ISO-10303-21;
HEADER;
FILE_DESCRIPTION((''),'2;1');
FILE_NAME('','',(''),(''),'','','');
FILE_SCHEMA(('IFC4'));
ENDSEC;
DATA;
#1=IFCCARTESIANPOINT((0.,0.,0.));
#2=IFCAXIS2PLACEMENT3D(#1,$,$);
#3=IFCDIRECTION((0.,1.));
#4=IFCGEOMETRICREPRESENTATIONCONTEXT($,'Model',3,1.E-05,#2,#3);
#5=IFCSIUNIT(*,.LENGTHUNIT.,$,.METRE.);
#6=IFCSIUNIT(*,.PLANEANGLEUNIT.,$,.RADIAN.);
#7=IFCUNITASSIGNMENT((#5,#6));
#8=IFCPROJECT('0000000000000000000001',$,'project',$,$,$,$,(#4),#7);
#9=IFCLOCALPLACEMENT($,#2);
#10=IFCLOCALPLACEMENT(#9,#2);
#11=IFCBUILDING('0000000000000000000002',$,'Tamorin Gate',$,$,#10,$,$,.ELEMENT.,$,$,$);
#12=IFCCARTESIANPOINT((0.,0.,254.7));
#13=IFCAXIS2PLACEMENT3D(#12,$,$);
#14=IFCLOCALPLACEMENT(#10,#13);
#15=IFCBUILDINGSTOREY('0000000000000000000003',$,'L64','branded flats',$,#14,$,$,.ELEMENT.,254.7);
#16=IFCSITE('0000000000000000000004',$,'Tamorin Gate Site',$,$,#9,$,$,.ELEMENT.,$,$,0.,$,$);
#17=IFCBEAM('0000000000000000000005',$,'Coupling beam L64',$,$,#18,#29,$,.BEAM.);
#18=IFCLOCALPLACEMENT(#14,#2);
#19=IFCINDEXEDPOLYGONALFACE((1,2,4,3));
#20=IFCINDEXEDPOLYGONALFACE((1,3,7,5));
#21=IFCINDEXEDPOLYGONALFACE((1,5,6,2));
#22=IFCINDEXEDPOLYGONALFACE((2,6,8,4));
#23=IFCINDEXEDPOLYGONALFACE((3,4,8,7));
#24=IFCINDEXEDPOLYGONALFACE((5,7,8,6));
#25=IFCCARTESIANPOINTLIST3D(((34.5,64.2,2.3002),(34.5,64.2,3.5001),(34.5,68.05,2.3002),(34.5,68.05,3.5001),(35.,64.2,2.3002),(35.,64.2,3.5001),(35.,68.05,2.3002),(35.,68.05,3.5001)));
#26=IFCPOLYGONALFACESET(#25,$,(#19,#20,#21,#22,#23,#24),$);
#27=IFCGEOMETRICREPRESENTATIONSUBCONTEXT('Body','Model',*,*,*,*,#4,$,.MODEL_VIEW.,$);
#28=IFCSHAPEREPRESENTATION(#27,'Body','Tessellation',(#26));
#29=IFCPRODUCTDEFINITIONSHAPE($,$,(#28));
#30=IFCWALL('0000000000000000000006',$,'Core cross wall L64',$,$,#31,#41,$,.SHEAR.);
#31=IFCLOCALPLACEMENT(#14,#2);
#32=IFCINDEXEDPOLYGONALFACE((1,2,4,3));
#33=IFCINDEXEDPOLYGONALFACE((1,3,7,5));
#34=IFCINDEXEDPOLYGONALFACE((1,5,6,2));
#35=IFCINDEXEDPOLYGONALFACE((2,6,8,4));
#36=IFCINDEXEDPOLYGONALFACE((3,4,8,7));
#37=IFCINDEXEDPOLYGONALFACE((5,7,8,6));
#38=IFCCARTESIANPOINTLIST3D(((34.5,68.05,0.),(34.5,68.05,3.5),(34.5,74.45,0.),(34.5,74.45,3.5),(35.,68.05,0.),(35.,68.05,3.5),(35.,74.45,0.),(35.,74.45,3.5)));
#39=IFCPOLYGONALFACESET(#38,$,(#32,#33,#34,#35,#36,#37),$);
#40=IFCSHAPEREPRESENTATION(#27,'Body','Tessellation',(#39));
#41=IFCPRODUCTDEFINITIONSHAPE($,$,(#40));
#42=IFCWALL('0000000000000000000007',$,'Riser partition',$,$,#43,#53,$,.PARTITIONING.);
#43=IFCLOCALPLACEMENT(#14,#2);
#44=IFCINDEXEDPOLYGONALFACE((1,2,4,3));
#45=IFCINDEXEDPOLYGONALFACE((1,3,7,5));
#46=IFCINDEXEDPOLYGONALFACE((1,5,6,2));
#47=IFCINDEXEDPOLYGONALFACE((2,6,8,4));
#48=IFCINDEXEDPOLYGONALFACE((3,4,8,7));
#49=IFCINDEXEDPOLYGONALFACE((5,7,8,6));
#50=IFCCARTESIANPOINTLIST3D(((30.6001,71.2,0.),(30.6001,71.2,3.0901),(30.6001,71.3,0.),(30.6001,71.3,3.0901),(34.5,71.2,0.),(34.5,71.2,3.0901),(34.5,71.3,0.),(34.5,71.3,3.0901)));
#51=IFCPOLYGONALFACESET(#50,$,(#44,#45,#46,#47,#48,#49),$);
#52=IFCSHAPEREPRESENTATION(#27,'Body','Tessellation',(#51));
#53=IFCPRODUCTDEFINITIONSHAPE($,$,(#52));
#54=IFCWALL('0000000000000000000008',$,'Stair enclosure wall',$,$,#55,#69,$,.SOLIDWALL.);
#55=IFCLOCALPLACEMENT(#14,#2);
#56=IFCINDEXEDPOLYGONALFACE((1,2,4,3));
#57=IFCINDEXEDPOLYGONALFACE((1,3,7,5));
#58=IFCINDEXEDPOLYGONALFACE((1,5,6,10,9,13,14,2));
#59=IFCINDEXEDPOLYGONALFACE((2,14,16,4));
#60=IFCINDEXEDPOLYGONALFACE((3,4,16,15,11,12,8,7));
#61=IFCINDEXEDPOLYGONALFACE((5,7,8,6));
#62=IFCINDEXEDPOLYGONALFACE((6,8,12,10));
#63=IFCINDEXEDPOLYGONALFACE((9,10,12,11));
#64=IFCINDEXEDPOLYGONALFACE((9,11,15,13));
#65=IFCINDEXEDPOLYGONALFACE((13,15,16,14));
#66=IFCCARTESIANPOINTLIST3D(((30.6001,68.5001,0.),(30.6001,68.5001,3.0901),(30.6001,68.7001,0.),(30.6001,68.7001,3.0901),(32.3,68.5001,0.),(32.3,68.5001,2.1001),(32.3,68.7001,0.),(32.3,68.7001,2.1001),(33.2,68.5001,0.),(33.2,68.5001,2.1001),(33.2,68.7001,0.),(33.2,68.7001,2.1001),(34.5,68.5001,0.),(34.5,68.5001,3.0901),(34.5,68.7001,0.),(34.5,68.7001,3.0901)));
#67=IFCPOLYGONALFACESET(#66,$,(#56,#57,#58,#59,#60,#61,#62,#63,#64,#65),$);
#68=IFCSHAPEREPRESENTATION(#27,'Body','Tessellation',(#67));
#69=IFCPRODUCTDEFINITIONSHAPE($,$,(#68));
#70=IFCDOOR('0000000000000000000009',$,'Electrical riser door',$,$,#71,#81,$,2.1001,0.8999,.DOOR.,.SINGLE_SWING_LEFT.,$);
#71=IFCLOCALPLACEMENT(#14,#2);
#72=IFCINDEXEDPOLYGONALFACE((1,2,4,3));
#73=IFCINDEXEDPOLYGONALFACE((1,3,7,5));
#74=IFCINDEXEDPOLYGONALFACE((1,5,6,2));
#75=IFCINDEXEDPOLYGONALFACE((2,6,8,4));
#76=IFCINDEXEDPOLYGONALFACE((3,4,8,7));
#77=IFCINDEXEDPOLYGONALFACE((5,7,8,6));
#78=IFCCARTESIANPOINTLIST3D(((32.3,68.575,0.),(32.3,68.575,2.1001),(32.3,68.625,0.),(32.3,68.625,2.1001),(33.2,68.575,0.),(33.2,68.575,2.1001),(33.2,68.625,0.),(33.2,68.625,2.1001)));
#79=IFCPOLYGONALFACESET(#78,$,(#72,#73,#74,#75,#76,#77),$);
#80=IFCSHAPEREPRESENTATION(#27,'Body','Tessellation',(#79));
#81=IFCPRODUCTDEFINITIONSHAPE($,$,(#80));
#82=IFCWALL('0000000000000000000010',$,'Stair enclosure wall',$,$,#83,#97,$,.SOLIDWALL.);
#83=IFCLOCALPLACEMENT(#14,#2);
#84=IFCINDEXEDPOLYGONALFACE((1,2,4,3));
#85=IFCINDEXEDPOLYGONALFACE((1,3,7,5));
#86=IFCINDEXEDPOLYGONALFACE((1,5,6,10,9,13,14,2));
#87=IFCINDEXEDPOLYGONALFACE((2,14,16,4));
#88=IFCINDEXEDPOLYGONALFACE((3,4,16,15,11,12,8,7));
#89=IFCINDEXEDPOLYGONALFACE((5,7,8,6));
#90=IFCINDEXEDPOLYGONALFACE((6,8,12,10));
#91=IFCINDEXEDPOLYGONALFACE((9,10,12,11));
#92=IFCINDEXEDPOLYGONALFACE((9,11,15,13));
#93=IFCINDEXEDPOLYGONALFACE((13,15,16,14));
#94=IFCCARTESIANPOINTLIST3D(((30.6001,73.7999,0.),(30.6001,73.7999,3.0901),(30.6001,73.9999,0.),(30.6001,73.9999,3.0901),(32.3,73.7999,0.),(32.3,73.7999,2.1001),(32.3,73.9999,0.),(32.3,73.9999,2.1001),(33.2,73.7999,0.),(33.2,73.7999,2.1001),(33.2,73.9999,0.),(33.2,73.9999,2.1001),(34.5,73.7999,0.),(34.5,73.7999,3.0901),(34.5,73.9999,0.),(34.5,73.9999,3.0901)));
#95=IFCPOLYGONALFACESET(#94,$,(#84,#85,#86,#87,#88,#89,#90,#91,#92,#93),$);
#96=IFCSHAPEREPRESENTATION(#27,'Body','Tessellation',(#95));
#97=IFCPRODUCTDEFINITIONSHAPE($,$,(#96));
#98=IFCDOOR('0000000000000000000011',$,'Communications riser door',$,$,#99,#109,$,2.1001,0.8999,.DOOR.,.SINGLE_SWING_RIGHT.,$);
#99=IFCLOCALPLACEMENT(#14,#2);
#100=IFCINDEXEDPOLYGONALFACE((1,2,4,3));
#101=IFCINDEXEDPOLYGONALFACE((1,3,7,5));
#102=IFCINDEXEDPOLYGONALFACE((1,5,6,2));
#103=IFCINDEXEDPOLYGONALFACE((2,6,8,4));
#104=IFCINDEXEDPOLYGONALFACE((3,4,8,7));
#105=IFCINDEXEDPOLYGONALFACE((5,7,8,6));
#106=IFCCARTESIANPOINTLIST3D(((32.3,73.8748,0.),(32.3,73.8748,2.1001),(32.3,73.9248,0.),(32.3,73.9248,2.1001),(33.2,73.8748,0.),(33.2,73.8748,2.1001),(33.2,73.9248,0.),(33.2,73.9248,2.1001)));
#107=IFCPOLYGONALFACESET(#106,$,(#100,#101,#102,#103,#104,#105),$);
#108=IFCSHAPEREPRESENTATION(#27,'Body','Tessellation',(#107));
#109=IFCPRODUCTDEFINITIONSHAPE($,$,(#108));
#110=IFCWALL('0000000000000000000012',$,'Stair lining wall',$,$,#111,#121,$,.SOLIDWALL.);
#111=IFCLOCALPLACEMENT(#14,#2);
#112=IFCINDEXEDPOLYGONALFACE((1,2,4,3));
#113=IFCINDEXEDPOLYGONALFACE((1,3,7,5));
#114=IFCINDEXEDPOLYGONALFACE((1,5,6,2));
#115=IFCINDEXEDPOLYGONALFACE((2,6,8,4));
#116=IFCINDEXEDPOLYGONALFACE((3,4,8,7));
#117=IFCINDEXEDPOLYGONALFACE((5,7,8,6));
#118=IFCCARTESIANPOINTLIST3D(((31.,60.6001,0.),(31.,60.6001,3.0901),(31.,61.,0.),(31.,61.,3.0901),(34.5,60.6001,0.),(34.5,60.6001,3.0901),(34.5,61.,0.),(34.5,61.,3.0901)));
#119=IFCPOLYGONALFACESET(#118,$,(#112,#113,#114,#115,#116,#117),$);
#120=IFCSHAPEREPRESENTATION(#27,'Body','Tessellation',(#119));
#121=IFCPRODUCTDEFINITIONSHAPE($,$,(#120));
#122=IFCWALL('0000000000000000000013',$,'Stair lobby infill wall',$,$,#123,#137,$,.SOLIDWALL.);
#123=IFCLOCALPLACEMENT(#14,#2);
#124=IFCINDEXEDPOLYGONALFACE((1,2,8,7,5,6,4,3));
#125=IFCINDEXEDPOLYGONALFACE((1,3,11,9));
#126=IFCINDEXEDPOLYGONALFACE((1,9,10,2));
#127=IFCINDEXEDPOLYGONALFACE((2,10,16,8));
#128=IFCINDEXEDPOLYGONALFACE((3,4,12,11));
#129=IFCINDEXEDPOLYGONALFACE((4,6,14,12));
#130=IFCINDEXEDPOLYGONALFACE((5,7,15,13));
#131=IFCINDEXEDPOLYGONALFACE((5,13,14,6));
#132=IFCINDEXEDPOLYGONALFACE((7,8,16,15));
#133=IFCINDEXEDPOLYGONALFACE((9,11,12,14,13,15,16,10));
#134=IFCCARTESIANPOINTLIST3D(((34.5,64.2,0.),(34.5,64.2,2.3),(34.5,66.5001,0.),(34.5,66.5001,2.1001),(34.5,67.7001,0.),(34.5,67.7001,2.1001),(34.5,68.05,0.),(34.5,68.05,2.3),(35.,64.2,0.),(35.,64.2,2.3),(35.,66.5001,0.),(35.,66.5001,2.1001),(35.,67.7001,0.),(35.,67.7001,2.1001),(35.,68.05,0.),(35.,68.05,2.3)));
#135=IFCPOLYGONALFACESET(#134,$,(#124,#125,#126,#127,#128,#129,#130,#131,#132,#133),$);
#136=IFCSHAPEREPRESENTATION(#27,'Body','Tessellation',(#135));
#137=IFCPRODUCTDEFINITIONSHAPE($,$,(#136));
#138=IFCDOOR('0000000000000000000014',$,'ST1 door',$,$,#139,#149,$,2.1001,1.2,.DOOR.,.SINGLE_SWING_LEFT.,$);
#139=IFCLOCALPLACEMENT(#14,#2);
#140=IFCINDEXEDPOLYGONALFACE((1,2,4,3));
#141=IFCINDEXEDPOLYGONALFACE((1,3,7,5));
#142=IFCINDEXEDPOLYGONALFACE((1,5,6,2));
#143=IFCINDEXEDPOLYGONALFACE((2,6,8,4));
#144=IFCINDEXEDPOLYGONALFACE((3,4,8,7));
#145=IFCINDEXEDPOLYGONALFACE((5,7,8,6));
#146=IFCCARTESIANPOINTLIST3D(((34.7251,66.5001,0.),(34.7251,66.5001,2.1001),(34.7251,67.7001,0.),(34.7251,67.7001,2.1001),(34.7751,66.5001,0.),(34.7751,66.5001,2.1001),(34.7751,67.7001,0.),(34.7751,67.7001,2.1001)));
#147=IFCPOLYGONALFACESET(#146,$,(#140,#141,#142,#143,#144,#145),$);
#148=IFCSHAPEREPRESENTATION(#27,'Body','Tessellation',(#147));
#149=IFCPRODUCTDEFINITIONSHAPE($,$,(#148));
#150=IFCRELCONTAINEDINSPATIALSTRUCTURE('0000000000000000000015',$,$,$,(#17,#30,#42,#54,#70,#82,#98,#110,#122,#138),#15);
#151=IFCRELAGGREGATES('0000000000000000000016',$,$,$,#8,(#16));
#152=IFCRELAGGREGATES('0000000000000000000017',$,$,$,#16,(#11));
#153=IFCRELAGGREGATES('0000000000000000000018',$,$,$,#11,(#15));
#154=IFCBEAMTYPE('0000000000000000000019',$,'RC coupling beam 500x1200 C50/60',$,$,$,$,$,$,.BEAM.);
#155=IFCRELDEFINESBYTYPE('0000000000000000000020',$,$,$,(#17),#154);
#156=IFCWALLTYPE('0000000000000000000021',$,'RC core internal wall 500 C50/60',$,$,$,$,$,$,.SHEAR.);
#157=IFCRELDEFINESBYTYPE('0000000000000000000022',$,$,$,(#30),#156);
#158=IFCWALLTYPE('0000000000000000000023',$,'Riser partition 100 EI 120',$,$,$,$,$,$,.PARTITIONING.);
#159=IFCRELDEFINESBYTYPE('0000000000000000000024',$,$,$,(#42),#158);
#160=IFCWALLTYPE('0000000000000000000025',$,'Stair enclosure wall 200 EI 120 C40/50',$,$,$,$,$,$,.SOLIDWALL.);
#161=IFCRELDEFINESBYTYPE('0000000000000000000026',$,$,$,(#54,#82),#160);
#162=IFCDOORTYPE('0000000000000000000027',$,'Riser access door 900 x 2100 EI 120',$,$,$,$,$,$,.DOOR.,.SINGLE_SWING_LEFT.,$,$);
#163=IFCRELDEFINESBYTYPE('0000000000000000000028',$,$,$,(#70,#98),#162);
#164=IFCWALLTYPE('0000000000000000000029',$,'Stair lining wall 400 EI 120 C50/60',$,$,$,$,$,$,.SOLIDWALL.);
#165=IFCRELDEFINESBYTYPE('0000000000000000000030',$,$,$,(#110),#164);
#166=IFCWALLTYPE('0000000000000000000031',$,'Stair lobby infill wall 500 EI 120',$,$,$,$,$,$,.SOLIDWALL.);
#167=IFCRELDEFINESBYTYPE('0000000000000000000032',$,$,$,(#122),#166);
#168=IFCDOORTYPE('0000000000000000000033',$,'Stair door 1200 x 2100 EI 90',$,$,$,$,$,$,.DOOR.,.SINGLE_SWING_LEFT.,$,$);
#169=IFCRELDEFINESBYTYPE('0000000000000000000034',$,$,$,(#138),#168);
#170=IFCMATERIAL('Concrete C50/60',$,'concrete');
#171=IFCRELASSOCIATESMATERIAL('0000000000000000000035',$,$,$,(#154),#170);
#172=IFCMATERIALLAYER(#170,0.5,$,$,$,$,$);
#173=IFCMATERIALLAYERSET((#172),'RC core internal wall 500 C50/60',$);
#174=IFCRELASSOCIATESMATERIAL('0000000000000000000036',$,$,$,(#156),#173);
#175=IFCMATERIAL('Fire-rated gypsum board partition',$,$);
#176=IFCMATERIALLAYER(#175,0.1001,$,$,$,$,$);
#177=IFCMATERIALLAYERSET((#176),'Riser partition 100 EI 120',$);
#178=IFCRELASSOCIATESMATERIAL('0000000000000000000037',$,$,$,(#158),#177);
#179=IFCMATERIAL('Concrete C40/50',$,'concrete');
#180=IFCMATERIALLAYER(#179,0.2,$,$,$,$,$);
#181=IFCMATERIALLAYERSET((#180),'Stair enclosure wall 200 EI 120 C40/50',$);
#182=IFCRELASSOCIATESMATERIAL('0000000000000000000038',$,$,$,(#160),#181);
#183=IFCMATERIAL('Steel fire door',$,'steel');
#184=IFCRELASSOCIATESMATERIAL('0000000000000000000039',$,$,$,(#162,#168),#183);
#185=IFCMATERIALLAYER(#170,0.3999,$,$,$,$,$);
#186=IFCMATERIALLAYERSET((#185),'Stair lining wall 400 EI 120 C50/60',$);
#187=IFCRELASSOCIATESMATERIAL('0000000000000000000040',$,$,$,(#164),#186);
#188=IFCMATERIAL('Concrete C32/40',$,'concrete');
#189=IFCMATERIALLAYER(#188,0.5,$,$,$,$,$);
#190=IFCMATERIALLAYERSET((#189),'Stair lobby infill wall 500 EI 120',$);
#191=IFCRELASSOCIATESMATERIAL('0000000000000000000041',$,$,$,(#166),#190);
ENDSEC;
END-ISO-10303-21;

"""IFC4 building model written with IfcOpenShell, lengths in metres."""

from ifc_helpers import new_model, si_unit, direction, frame, frame_2d, origin, origin_2d, place, context, subcontext, project, spatial, rectangle, extrude, material, layer, layer_set, material_profile, profile_set, type_object, element, fill, save


model = new_model("IFC4")

# Units and contexts
model_context = context("Model", 3, precision=1e-05, world=origin(), true_north=direction((0.0, 1.0)))
body_context = subcontext(model_context, "Body", "Model", "MODEL_VIEW")
ifc_project = project(units=[si_unit("LENGTHUNIT", "METRE"), si_unit("PLANEANGLEUNIT", "RADIAN")], contexts=[model_context])

# Site, building, storey
site_placement = place(None, origin())
site = spatial("IfcSite", under=ifc_project, at=site_placement, Name="Tamorin Gate Site", CompositionType="ELEMENT", RefElevation=0.0)
building_placement = place(site_placement, origin())
building = spatial("IfcBuilding", under=site, at=building_placement, Name="Tamorin Gate", CompositionType="ELEMENT")
storey_placement = place(building_placement, frame((0.0, 0.0, 254.7)))
storey = spatial("IfcBuildingStorey", under=building, at=storey_placement, Name="L64", Description="branded flats", CompositionType="ELEMENT", Elevation=254.7)

# Beam
ifc_material_1 = material(Name="Concrete C50/60", Category="concrete")
ifc_material_profile = material_profile(ifc_material_1, rectangle(XDim=0.5, YDim=1.2, at=origin_2d()), Name="RC 500x1200")
ifc_profile_set = profile_set([ifc_material_profile], Name="Concrete C50/60")
beam_type = type_object("IfcBeamType", Name="RC coupling beam 500x1200 C50/60", PredefinedType="BEAM", material=ifc_profile_set)
beam_placement = place(storey_placement, frame((34.75, 64.2, 2.9001), z_axis=(0.0, 1.0, 0.0), x_axis=(-1.0, 0.0, 0.0)))
element("IfcBeam", 1, at=beam_placement, inside=storey, type_object=beam_type, Name="Coupling beam L64", PredefinedType="BEAM", context=body_context, shape_type="SweptSolid", body=[
    extrude(rectangle(XDim=0.5, YDim=1.2, at=origin_2d()), origin(), (0.0, 0.0, 1.0), 3.8501),
])

# Walls
ifc_layer_1 = layer(ifc_material_1, 0.5)
ifc_layer_set_1 = layer_set([ifc_layer_1], Name="RC core internal wall 500 C50/60")
wall_type_1 = type_object("IfcWallType", Name="RC core internal wall 500 C50/60", PredefinedType="SHEAR", material=ifc_layer_set_1)
wall_1_placement = place(storey_placement, frame((34.75, 68.05, 0.0), z_axis=(0.0, 0.0, 1.0), x_axis=(0.0, 1.0, 0.0)))
element("IfcWall", 2, at=wall_1_placement, inside=storey, type_object=wall_type_1, Name="Core cross wall L64", PredefinedType="SHEAR", context=body_context, shape_type="SweptSolid", body=[
    extrude(rectangle(XDim=6.3999, YDim=0.5, at=frame_2d((3.2, 0.0))), origin(), (0.0, 0.0, 1.0), 3.5),
])
ifc_material_2 = material(Name="Fire-rated gypsum board partition")
ifc_layer_2 = layer(ifc_material_2, 0.1001)
ifc_layer_set_2 = layer_set([ifc_layer_2], Name="Riser partition 100 EI 120")
wall_type_2 = type_object("IfcWallType", Name="Riser partition 100 EI 120", PredefinedType="PARTITIONING", material=ifc_layer_set_2)
wall_2_placement = place(storey_placement, frame((30.6001, 71.25, 0.0), z_axis=(0.0, 0.0, 1.0), x_axis=(1.0, 0.0, 0.0)))
element("IfcWall", 3, at=wall_2_placement, inside=storey, type_object=wall_type_2, Name="Riser partition", PredefinedType="PARTITIONING", context=body_context, shape_type="SweptSolid", body=[
    extrude(rectangle(XDim=3.8999, YDim=0.1001, at=frame_2d((1.95, 0.0))), origin(), (0.0, 0.0, 1.0), 3.0901),
])

# Walls, openings, doors
ifc_material_3 = material(Name="Concrete C40/50", Category="concrete")
ifc_layer_3 = layer(ifc_material_3, 0.2)
ifc_layer_set_3 = layer_set([ifc_layer_3], Name="Stair enclosure wall 200 EI 120 C40/50")
wall_type_3 = type_object("IfcWallType", Name="Stair enclosure wall 200 EI 120 C40/50", PredefinedType="SOLIDWALL", material=ifc_layer_set_3)
wall_3_placement = place(storey_placement, frame((30.6001, 68.6001, 0.0), z_axis=(0.0, 0.0, 1.0), x_axis=(1.0, 0.0, 0.0)))
wall_3 = element("IfcWall", 4, at=wall_3_placement, inside=storey, type_object=wall_type_3, Name="Stair enclosure wall", PredefinedType="SOLIDWALL", context=body_context, shape_type="SweptSolid", body=[
    extrude(rectangle(XDim=3.8999, YDim=0.2, at=frame_2d((1.95, 0.0))), origin(), (0.0, 0.0, 1.0), 3.0901),
])
opening_1_placement = place(wall_3_placement, frame((1.7, 0.0, 0.0)))
opening_1 = element("IfcOpeningElement", 5, at=opening_1_placement, cuts=wall_3, PredefinedType="OPENING", context=body_context, shape_type="SweptSolid", body=[
    extrude(rectangle(XDim=0.8999, YDim=2.1001, at=frame_2d((0.45, 1.05))), frame((0.0, 0.1099, 0.0), z_axis=(0.0, -1.0, 0.0), x_axis=(1.0, 0.0, 0.0)), (0.0, 0.0, 1.0), 0.22),
])
ifc_material_4 = material(Name="Steel fire door", Category="steel")
door_type_1 = type_object("IfcDoorType", Name="Riser access door 900 x 2100 EI 120", OperationType="SINGLE_SWING_LEFT", PredefinedType="DOOR", material=ifc_material_4)
door_1_placement = place(opening_1_placement, origin())
door_1 = element("IfcDoor", 6, at=door_1_placement, inside=storey, type_object=door_type_1, Name="Electrical riser door", OperationType="SINGLE_SWING_LEFT", OverallHeight=2.1001, OverallWidth=0.8999, PredefinedType="DOOR", context=body_context, shape_type="SweptSolid", body=[
    extrude(rectangle(XDim=0.8999, YDim=2.1001, at=frame_2d((0.45, 1.05))), frame((0.0, 0.0249, 0.0), z_axis=(0.0, -1.0, 0.0), x_axis=(1.0, 0.0, 0.0)), (0.0, 0.0, 1.0), 0.05),
])
fill(opening_1, door_1)
wall_4_placement = place(storey_placement, frame((30.6001, 73.8999, 0.0), z_axis=(0.0, 0.0, 1.0), x_axis=(1.0, 0.0, 0.0)))
wall_4 = element("IfcWall", 7, at=wall_4_placement, inside=storey, type_object=wall_type_3, Name="Stair enclosure wall", PredefinedType="SOLIDWALL", context=body_context, shape_type="SweptSolid", body=[
    extrude(rectangle(XDim=3.8999, YDim=0.2, at=frame_2d((1.95, 0.0))), origin(), (0.0, 0.0, 1.0), 3.0901),
])
opening_2_placement = place(wall_4_placement, frame((1.7, 0.0, 0.0)))
opening_2 = element("IfcOpeningElement", 8, at=opening_2_placement, cuts=wall_4, PredefinedType="OPENING", context=body_context, shape_type="SweptSolid", body=[
    extrude(rectangle(XDim=0.8999, YDim=2.1001, at=frame_2d((0.45, 1.05))), frame((0.0, 0.1099, 0.0), z_axis=(0.0, -1.0, 0.0), x_axis=(1.0, 0.0, 0.0)), (0.0, 0.0, 1.0), 0.22),
])
door_2_placement = place(opening_2_placement, origin())
door_2 = element("IfcDoor", 9, at=door_2_placement, inside=storey, type_object=door_type_1, Name="Communications riser door", OperationType="SINGLE_SWING_RIGHT", OverallHeight=2.1001, OverallWidth=0.8999, PredefinedType="DOOR", context=body_context, shape_type="SweptSolid", body=[
    extrude(rectangle(XDim=0.8999, YDim=2.1001, at=frame_2d((0.45, 1.05))), frame((0.0, 0.0249, 0.0), z_axis=(0.0, -1.0, 0.0), x_axis=(1.0, 0.0, 0.0)), (0.0, 0.0, 1.0), 0.05),
])
fill(opening_2, door_2)

# Wall
ifc_layer_4 = layer(ifc_material_1, 0.3999)
ifc_layer_set_4 = layer_set([ifc_layer_4], Name="Stair lining wall 400 EI 120 C50/60")
wall_type_4 = type_object("IfcWallType", Name="Stair lining wall 400 EI 120 C50/60", PredefinedType="SOLIDWALL", material=ifc_layer_set_4)
wall_5_placement = place(storey_placement, frame((31.0, 60.8, 0.0), z_axis=(0.0, 0.0, 1.0), x_axis=(1.0, 0.0, 0.0)))
element("IfcWall", 10, at=wall_5_placement, inside=storey, type_object=wall_type_4, Name="Stair lining wall", PredefinedType="SOLIDWALL", context=body_context, shape_type="SweptSolid", body=[
    extrude(rectangle(XDim=3.5, YDim=0.3999, at=frame_2d((1.75, 0.0))), origin(), (0.0, 0.0, 1.0), 3.0901),
])

# Wall, opening, door
ifc_material_5 = material(Name="Concrete C32/40", Category="concrete")
ifc_layer_5 = layer(ifc_material_5, 0.5)
ifc_layer_set_5 = layer_set([ifc_layer_5], Name="Stair lobby infill wall 500 EI 120")
wall_type_5 = type_object("IfcWallType", Name="Stair lobby infill wall 500 EI 120", PredefinedType="SOLIDWALL", material=ifc_layer_set_5)
wall_6_placement = place(storey_placement, frame((34.75, 64.2, 0.0), z_axis=(0.0, 0.0, 1.0), x_axis=(0.0, 1.0, 0.0)))
wall_6 = element("IfcWall", 11, at=wall_6_placement, inside=storey, type_object=wall_type_5, Name="Stair lobby infill wall", PredefinedType="SOLIDWALL", context=body_context, shape_type="SweptSolid", body=[
    extrude(rectangle(XDim=3.8501, YDim=0.5, at=frame_2d((1.925, 0.0))), origin(), (0.0, 0.0, 1.0), 2.3),
])
opening_3_placement = place(wall_6_placement, frame((2.3, 0.0, 0.0)))
opening_3 = element("IfcOpeningElement", 12, at=opening_3_placement, cuts=wall_6, PredefinedType="OPENING", context=body_context, shape_type="SweptSolid", body=[
    extrude(rectangle(XDim=1.2, YDim=2.1001, at=frame_2d((0.6001, 1.05))), frame((0.0, 0.26, 0.0), z_axis=(0.0, -1.0, 0.0), x_axis=(1.0, 0.0, 0.0)), (0.0, 0.0, 1.0), 0.52),
])
door_type_2 = type_object("IfcDoorType", Name="Stair door 1200 x 2100 EI 90", OperationType="SINGLE_SWING_LEFT", PredefinedType="DOOR", material=ifc_material_4)
door_3_placement = place(opening_3_placement, origin())
door_3 = element("IfcDoor", 13, at=door_3_placement, inside=storey, type_object=door_type_2, Name="ST1 door", OperationType="SINGLE_SWING_LEFT", OverallHeight=2.1001, OverallWidth=1.2, PredefinedType="DOOR", context=body_context, shape_type="SweptSolid", body=[
    extrude(rectangle(XDim=1.2, YDim=2.1001, at=frame_2d((0.6001, 1.05))), frame((0.0, 0.0249, 0.0), z_axis=(0.0, -1.0, 0.0), x_axis=(1.0, 0.0, 0.0)), (0.0, 0.0, 1.0), 0.05),
])
fill(opening_3, door_3)

save(model, "model.ifc")
